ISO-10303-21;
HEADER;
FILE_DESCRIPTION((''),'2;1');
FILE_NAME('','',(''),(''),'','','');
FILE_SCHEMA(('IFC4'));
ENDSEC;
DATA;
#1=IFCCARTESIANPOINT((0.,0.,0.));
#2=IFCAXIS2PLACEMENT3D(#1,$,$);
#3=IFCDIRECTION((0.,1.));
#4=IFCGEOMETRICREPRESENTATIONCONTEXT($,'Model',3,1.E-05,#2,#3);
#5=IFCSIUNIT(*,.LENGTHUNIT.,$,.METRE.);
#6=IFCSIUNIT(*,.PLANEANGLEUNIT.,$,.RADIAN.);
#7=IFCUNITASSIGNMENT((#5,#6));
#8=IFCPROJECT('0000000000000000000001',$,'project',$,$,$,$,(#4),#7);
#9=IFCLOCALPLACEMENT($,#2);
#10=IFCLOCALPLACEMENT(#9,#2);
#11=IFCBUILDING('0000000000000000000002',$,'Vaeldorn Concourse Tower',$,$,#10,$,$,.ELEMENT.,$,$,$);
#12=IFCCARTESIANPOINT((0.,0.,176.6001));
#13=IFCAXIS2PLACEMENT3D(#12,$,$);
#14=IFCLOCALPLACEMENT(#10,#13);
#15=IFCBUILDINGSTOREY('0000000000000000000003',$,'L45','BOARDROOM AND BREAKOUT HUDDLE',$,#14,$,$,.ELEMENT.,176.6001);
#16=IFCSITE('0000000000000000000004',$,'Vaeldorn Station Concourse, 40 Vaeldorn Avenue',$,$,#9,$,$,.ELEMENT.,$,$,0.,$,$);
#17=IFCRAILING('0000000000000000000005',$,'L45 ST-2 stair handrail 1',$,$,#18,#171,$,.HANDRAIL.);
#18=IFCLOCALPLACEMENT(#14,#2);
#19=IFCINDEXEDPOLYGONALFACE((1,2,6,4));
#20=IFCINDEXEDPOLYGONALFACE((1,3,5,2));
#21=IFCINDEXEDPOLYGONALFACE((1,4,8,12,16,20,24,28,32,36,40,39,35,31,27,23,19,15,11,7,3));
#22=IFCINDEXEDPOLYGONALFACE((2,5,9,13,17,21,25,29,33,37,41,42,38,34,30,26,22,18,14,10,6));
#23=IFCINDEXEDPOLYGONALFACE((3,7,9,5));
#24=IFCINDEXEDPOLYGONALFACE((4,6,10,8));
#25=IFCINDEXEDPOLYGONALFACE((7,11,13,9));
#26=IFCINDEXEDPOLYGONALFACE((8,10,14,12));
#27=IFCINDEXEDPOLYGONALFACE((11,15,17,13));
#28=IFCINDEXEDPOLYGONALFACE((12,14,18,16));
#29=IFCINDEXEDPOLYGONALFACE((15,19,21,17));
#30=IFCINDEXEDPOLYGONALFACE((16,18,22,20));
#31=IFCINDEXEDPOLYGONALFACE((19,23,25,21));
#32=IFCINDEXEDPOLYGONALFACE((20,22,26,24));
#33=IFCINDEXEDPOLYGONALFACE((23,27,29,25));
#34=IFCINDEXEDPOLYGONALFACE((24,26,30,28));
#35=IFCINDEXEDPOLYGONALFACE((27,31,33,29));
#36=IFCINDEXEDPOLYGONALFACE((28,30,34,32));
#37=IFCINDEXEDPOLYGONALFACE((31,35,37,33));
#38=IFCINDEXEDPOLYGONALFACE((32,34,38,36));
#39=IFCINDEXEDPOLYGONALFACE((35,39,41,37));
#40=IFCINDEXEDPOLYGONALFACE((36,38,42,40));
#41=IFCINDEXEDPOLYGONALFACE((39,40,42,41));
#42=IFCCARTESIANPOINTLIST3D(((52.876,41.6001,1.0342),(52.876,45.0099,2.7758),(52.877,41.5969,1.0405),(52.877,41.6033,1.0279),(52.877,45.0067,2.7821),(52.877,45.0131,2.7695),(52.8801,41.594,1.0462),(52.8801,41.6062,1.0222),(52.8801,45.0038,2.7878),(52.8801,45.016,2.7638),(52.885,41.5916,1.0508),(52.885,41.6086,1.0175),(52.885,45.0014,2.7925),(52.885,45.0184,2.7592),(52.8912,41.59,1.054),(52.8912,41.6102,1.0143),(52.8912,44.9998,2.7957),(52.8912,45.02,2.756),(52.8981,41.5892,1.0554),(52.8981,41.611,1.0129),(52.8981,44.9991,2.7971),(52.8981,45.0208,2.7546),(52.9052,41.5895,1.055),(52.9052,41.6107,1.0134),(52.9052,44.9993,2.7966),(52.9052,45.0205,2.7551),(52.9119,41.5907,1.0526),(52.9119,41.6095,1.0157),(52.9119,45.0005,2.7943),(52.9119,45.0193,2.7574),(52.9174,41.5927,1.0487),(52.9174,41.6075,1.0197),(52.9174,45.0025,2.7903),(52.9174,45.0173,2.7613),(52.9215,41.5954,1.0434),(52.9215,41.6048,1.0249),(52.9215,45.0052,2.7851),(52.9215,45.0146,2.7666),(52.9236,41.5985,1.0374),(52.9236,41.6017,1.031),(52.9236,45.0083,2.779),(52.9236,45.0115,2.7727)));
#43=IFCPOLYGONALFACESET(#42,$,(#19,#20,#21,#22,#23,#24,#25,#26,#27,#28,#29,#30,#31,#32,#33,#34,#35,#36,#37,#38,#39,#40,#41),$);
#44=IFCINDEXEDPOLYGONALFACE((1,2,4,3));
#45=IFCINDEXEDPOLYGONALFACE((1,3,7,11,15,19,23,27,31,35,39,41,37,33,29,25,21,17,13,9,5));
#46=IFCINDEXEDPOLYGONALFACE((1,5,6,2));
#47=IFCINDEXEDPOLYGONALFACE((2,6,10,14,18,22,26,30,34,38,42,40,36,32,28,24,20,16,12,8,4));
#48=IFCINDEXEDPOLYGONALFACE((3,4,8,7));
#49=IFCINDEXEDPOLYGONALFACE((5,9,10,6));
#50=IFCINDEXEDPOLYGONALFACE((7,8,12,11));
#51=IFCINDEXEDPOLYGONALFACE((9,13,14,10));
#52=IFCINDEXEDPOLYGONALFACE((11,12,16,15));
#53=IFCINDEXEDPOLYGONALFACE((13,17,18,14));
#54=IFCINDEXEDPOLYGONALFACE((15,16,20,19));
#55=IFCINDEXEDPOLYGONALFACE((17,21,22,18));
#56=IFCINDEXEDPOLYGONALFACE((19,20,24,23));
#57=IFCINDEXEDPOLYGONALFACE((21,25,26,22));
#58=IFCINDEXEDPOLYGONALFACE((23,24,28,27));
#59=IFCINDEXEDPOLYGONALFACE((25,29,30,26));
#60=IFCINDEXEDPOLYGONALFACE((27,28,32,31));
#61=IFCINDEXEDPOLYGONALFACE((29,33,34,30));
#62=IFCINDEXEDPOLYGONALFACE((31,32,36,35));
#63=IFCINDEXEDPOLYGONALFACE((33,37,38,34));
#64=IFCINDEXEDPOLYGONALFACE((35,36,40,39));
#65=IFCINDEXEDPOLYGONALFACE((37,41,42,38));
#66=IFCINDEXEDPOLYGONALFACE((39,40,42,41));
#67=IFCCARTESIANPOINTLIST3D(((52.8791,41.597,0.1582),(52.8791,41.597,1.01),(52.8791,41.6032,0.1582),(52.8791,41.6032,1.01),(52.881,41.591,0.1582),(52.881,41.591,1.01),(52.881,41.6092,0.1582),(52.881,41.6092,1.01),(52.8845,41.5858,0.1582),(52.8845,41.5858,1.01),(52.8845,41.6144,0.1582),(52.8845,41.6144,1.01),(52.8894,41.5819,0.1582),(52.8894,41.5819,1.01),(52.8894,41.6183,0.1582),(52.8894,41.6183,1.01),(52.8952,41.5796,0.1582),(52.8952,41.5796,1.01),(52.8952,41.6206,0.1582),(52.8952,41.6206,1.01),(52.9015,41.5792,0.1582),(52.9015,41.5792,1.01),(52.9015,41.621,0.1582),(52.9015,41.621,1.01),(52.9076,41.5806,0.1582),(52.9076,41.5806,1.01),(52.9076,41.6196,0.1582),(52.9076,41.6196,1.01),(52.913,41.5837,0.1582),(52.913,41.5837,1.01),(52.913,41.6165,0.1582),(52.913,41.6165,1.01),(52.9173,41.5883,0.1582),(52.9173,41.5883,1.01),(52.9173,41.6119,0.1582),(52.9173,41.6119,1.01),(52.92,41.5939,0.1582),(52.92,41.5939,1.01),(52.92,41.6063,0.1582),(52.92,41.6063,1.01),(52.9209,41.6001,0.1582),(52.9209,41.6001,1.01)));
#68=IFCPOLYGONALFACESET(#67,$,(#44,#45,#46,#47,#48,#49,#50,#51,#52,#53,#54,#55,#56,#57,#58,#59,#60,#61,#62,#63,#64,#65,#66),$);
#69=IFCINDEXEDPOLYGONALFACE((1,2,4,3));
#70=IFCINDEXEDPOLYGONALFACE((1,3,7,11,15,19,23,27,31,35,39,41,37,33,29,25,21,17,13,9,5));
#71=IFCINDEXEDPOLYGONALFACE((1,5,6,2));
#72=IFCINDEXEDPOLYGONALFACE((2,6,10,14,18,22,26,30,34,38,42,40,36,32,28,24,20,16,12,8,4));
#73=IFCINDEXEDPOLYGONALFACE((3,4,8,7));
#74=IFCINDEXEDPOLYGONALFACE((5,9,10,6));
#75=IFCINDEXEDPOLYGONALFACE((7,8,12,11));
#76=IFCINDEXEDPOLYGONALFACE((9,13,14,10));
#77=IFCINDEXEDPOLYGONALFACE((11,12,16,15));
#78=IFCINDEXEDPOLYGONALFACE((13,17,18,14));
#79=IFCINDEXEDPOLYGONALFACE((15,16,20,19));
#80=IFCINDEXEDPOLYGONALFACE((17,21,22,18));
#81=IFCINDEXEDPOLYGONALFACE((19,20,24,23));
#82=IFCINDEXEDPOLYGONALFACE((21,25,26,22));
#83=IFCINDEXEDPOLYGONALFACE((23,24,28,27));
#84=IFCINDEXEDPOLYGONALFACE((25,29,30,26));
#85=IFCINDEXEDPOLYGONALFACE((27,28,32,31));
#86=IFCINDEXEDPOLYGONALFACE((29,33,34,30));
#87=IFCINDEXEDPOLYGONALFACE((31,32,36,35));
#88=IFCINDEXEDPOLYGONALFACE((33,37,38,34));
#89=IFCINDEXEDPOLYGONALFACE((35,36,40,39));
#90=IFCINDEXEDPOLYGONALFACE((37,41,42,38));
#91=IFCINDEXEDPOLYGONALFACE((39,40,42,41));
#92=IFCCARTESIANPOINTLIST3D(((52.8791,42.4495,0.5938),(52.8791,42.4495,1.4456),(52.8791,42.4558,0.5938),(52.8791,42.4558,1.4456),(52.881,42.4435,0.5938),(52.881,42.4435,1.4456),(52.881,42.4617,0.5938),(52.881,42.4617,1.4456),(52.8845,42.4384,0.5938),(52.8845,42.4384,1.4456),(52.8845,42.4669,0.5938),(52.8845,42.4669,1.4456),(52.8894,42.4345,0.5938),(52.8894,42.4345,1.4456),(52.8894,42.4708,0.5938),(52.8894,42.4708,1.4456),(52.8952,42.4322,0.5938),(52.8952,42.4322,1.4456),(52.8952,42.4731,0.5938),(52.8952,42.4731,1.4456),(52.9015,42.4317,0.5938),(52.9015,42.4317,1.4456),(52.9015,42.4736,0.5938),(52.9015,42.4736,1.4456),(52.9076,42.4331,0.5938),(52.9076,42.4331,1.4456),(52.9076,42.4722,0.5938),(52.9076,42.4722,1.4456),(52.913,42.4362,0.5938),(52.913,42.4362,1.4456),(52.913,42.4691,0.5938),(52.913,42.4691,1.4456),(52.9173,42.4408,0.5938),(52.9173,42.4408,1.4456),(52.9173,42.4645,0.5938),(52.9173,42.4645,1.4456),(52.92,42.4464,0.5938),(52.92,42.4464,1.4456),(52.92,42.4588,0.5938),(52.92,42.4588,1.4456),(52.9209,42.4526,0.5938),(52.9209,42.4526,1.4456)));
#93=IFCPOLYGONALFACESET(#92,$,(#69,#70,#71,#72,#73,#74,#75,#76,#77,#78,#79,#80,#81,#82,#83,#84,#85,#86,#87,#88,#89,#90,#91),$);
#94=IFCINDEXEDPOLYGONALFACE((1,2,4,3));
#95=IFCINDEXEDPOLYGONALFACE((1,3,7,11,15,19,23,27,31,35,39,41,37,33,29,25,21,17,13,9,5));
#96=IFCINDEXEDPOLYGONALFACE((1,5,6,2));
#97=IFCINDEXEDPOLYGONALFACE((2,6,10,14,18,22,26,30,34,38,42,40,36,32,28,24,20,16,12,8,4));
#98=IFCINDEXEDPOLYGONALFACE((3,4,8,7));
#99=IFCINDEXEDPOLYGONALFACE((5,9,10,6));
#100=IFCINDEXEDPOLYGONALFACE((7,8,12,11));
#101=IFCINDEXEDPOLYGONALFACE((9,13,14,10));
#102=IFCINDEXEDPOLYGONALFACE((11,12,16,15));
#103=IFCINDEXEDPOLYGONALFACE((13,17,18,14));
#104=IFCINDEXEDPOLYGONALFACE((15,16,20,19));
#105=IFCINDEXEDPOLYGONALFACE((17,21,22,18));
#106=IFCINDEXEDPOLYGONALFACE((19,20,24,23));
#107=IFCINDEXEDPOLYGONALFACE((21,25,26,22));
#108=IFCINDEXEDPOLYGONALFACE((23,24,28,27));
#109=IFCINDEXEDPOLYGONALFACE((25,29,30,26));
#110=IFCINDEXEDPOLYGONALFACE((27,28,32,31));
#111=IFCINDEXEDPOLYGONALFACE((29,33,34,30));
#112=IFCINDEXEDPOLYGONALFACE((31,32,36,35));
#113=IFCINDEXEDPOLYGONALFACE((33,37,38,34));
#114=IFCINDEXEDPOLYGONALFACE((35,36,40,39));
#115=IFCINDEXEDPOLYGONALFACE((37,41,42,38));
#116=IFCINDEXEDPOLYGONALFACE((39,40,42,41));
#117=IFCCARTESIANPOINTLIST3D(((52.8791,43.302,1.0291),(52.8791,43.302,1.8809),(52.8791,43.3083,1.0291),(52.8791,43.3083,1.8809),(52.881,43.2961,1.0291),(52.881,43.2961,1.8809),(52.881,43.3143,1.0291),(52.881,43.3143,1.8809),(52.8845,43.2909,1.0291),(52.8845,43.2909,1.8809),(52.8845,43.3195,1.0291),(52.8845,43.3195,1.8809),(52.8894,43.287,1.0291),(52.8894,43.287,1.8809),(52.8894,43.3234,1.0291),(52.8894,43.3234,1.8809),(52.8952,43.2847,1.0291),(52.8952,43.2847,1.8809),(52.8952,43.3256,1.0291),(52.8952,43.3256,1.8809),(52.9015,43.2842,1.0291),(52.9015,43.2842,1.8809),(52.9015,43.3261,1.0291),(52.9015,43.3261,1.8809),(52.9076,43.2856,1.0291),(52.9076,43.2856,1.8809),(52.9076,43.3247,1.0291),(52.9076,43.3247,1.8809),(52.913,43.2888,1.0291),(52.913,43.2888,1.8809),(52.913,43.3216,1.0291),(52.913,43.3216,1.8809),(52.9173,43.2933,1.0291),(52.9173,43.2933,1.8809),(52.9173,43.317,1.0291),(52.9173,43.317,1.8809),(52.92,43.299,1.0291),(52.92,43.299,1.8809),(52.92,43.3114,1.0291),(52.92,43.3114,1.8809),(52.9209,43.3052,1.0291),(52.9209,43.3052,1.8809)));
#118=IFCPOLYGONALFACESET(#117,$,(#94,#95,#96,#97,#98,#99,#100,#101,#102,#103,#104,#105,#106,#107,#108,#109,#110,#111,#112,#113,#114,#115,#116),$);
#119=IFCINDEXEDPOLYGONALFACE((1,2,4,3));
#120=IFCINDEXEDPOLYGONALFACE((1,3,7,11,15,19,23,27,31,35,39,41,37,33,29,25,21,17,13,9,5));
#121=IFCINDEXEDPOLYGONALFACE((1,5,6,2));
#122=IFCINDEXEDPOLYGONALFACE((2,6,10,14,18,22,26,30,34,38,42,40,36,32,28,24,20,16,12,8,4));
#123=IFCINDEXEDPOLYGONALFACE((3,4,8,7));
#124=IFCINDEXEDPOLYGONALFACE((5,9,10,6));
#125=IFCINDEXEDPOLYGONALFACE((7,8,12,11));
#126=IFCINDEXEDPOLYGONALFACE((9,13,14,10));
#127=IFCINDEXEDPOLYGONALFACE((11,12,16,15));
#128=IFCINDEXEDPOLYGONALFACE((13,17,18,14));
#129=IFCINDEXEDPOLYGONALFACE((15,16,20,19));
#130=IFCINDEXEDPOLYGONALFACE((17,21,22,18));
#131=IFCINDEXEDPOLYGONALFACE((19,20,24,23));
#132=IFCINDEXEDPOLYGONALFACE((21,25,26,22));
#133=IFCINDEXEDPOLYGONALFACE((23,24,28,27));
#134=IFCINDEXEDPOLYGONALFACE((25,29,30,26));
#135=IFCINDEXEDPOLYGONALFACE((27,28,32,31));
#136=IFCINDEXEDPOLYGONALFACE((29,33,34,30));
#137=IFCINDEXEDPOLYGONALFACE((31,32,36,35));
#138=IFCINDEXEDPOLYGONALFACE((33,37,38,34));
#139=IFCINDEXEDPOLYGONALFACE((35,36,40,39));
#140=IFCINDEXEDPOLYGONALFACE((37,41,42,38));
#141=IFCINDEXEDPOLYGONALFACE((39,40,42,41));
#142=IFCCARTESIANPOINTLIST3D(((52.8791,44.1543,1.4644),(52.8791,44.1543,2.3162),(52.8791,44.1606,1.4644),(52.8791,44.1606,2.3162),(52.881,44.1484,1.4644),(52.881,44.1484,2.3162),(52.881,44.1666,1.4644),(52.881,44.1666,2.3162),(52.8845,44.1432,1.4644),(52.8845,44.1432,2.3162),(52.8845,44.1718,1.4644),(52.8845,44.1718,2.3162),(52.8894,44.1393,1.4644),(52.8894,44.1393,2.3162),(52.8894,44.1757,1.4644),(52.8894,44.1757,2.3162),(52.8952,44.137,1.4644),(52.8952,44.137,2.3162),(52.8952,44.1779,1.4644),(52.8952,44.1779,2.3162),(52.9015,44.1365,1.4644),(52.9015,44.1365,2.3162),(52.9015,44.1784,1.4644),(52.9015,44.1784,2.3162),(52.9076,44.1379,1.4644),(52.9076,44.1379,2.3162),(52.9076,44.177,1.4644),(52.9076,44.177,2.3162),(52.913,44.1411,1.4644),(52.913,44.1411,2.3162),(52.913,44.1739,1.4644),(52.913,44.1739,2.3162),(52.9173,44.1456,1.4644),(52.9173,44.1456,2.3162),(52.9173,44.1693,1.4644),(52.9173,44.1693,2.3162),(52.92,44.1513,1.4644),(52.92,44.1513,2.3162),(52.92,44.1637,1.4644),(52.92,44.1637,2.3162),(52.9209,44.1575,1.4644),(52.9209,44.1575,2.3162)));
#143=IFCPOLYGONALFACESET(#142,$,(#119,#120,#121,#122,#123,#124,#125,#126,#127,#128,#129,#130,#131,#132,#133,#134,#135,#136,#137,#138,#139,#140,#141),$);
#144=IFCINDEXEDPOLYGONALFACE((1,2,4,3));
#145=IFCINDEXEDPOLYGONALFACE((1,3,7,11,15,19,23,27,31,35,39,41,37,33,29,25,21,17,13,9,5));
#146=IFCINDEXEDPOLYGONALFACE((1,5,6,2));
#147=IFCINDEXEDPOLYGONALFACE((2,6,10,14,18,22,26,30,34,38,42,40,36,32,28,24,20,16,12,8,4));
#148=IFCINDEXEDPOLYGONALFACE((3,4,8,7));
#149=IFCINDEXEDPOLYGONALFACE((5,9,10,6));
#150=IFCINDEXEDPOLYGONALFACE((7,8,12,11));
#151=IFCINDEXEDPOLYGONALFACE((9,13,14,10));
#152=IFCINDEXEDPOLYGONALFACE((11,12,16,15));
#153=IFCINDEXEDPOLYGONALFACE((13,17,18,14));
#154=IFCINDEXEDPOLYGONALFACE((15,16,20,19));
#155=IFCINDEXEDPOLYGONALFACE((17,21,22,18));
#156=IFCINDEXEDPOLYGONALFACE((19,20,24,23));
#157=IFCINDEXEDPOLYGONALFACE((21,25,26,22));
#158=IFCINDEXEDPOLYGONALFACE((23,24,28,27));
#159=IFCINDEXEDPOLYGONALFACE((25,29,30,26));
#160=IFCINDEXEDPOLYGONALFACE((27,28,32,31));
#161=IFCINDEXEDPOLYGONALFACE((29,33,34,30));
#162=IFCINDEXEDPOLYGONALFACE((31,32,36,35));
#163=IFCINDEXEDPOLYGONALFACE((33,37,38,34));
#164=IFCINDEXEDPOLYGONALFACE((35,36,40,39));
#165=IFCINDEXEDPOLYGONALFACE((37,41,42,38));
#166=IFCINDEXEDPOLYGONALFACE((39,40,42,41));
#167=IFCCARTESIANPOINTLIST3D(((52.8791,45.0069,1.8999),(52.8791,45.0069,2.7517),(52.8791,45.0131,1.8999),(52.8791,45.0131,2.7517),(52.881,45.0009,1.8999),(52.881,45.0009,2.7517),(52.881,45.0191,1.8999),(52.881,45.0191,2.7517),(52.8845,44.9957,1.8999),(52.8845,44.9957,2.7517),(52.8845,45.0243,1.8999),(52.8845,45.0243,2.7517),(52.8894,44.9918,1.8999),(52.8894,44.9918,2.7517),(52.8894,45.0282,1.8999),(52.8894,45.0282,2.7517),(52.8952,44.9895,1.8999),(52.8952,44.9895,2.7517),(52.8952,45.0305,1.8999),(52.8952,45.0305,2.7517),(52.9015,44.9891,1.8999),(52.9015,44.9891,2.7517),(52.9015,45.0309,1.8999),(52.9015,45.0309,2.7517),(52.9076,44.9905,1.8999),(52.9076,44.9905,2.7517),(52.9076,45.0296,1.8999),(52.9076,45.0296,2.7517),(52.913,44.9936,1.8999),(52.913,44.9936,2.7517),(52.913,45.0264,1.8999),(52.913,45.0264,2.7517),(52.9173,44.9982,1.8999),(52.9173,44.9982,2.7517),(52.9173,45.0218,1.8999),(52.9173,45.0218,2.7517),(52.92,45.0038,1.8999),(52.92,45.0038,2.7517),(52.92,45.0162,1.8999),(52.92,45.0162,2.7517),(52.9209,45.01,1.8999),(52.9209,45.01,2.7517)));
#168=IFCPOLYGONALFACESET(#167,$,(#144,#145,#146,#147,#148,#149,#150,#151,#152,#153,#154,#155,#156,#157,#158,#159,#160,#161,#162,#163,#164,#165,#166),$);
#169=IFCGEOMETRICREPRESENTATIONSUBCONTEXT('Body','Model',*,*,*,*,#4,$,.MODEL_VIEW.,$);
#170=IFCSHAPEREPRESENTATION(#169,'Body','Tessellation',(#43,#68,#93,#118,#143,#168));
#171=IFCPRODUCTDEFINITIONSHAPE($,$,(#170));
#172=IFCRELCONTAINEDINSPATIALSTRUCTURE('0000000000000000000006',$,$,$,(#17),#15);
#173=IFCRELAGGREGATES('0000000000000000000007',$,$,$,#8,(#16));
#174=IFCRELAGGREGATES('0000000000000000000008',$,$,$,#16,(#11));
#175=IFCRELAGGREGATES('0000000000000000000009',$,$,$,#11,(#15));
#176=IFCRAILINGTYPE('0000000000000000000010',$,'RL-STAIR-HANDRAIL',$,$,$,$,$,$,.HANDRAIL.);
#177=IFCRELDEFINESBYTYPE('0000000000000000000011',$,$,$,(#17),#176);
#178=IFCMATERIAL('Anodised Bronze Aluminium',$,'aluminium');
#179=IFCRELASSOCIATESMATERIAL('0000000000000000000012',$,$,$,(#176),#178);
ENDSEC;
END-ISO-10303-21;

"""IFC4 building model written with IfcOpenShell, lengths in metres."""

from ifc_helpers import new_model, si_unit, direction, frame, origin, origin_2d, place, context, subcontext, project, spatial, circle, extrude, material, type_object, element, save


model = new_model("IFC4")

# Units and contexts
model_context = context("Model", 3, precision=1e-05, world=origin(), true_north=direction((0.0, 1.0)))
body_context = subcontext(model_context, "Body", "Model", "MODEL_VIEW")
ifc_project = project(units=[si_unit("LENGTHUNIT", "METRE"), si_unit("PLANEANGLEUNIT", "RADIAN")], contexts=[model_context])

# Site, building, storey
site_placement = place(None, origin())
site = spatial("IfcSite", under=ifc_project, at=site_placement, Name="Vaeldorn Station Concourse, 40 Vaeldorn Avenue", CompositionType="ELEMENT", RefElevation=0.0)
building_placement = place(site_placement, origin())
building = spatial("IfcBuilding", under=site, at=building_placement, Name="Vaeldorn Concourse Tower", CompositionType="ELEMENT")
storey_placement = place(building_placement, frame((0.0, 0.0, 176.6001)))
storey = spatial("IfcBuildingStorey", under=building, at=storey_placement, Name="L45", Description="BOARDROOM AND BREAKOUT HUDDLE", CompositionType="ELEMENT", Elevation=176.6001)

# Shared definitions
ifc_material_1 = material(Name="Anodised Bronze Aluminium", Category="aluminium")

# Railing
railing_type_1 = type_object("IfcRailingType", Name="RL-STAIR-HANDRAIL", PredefinedType="HANDRAIL", material=ifc_material_1)
railing_1_placement = place(storey_placement, frame((52.8999, 41.6001, 0.1582)))
element("IfcRailing", 1, at=railing_1_placement, inside=storey, type_object=railing_type_1, Name="L45 ST-2 stair handrail 1", PredefinedType="HANDRAIL", context=body_context, shape_type="SweptSolid", body=[
    extrude(circle(Radius=0.0239, at=origin_2d()), frame((0.0, 0.0, 0.876), z_axis=(0.0, 0.890556, 0.454874), x_axis=(-1.0, 0.0, 0.0)), (0.0, 0.0, 1.0), 3.8289),
    extrude(circle(Radius=0.021, at=origin_2d()), origin(), (0.0, 0.0, 1.0), 0.8518),
    extrude(circle(Radius=0.021, at=origin_2d()), frame((0.0, 0.8525, 0.4355)), (0.0, 0.0, 1.0), 0.8518),
    extrude(circle(Radius=0.021, at=origin_2d()), frame((0.0, 1.7051, 0.8708)), (0.0, 0.0, 1.0), 0.8518),
    extrude(circle(Radius=0.021, at=origin_2d()), frame((0.0, 2.5574, 1.3062)), (0.0, 0.0, 1.0), 0.8518),
    extrude(circle(Radius=0.021, at=origin_2d()), frame((0.0, 3.4099, 1.7417)), (0.0, 0.0, 1.0), 0.8518),
])

save(model, "model.ifc")
